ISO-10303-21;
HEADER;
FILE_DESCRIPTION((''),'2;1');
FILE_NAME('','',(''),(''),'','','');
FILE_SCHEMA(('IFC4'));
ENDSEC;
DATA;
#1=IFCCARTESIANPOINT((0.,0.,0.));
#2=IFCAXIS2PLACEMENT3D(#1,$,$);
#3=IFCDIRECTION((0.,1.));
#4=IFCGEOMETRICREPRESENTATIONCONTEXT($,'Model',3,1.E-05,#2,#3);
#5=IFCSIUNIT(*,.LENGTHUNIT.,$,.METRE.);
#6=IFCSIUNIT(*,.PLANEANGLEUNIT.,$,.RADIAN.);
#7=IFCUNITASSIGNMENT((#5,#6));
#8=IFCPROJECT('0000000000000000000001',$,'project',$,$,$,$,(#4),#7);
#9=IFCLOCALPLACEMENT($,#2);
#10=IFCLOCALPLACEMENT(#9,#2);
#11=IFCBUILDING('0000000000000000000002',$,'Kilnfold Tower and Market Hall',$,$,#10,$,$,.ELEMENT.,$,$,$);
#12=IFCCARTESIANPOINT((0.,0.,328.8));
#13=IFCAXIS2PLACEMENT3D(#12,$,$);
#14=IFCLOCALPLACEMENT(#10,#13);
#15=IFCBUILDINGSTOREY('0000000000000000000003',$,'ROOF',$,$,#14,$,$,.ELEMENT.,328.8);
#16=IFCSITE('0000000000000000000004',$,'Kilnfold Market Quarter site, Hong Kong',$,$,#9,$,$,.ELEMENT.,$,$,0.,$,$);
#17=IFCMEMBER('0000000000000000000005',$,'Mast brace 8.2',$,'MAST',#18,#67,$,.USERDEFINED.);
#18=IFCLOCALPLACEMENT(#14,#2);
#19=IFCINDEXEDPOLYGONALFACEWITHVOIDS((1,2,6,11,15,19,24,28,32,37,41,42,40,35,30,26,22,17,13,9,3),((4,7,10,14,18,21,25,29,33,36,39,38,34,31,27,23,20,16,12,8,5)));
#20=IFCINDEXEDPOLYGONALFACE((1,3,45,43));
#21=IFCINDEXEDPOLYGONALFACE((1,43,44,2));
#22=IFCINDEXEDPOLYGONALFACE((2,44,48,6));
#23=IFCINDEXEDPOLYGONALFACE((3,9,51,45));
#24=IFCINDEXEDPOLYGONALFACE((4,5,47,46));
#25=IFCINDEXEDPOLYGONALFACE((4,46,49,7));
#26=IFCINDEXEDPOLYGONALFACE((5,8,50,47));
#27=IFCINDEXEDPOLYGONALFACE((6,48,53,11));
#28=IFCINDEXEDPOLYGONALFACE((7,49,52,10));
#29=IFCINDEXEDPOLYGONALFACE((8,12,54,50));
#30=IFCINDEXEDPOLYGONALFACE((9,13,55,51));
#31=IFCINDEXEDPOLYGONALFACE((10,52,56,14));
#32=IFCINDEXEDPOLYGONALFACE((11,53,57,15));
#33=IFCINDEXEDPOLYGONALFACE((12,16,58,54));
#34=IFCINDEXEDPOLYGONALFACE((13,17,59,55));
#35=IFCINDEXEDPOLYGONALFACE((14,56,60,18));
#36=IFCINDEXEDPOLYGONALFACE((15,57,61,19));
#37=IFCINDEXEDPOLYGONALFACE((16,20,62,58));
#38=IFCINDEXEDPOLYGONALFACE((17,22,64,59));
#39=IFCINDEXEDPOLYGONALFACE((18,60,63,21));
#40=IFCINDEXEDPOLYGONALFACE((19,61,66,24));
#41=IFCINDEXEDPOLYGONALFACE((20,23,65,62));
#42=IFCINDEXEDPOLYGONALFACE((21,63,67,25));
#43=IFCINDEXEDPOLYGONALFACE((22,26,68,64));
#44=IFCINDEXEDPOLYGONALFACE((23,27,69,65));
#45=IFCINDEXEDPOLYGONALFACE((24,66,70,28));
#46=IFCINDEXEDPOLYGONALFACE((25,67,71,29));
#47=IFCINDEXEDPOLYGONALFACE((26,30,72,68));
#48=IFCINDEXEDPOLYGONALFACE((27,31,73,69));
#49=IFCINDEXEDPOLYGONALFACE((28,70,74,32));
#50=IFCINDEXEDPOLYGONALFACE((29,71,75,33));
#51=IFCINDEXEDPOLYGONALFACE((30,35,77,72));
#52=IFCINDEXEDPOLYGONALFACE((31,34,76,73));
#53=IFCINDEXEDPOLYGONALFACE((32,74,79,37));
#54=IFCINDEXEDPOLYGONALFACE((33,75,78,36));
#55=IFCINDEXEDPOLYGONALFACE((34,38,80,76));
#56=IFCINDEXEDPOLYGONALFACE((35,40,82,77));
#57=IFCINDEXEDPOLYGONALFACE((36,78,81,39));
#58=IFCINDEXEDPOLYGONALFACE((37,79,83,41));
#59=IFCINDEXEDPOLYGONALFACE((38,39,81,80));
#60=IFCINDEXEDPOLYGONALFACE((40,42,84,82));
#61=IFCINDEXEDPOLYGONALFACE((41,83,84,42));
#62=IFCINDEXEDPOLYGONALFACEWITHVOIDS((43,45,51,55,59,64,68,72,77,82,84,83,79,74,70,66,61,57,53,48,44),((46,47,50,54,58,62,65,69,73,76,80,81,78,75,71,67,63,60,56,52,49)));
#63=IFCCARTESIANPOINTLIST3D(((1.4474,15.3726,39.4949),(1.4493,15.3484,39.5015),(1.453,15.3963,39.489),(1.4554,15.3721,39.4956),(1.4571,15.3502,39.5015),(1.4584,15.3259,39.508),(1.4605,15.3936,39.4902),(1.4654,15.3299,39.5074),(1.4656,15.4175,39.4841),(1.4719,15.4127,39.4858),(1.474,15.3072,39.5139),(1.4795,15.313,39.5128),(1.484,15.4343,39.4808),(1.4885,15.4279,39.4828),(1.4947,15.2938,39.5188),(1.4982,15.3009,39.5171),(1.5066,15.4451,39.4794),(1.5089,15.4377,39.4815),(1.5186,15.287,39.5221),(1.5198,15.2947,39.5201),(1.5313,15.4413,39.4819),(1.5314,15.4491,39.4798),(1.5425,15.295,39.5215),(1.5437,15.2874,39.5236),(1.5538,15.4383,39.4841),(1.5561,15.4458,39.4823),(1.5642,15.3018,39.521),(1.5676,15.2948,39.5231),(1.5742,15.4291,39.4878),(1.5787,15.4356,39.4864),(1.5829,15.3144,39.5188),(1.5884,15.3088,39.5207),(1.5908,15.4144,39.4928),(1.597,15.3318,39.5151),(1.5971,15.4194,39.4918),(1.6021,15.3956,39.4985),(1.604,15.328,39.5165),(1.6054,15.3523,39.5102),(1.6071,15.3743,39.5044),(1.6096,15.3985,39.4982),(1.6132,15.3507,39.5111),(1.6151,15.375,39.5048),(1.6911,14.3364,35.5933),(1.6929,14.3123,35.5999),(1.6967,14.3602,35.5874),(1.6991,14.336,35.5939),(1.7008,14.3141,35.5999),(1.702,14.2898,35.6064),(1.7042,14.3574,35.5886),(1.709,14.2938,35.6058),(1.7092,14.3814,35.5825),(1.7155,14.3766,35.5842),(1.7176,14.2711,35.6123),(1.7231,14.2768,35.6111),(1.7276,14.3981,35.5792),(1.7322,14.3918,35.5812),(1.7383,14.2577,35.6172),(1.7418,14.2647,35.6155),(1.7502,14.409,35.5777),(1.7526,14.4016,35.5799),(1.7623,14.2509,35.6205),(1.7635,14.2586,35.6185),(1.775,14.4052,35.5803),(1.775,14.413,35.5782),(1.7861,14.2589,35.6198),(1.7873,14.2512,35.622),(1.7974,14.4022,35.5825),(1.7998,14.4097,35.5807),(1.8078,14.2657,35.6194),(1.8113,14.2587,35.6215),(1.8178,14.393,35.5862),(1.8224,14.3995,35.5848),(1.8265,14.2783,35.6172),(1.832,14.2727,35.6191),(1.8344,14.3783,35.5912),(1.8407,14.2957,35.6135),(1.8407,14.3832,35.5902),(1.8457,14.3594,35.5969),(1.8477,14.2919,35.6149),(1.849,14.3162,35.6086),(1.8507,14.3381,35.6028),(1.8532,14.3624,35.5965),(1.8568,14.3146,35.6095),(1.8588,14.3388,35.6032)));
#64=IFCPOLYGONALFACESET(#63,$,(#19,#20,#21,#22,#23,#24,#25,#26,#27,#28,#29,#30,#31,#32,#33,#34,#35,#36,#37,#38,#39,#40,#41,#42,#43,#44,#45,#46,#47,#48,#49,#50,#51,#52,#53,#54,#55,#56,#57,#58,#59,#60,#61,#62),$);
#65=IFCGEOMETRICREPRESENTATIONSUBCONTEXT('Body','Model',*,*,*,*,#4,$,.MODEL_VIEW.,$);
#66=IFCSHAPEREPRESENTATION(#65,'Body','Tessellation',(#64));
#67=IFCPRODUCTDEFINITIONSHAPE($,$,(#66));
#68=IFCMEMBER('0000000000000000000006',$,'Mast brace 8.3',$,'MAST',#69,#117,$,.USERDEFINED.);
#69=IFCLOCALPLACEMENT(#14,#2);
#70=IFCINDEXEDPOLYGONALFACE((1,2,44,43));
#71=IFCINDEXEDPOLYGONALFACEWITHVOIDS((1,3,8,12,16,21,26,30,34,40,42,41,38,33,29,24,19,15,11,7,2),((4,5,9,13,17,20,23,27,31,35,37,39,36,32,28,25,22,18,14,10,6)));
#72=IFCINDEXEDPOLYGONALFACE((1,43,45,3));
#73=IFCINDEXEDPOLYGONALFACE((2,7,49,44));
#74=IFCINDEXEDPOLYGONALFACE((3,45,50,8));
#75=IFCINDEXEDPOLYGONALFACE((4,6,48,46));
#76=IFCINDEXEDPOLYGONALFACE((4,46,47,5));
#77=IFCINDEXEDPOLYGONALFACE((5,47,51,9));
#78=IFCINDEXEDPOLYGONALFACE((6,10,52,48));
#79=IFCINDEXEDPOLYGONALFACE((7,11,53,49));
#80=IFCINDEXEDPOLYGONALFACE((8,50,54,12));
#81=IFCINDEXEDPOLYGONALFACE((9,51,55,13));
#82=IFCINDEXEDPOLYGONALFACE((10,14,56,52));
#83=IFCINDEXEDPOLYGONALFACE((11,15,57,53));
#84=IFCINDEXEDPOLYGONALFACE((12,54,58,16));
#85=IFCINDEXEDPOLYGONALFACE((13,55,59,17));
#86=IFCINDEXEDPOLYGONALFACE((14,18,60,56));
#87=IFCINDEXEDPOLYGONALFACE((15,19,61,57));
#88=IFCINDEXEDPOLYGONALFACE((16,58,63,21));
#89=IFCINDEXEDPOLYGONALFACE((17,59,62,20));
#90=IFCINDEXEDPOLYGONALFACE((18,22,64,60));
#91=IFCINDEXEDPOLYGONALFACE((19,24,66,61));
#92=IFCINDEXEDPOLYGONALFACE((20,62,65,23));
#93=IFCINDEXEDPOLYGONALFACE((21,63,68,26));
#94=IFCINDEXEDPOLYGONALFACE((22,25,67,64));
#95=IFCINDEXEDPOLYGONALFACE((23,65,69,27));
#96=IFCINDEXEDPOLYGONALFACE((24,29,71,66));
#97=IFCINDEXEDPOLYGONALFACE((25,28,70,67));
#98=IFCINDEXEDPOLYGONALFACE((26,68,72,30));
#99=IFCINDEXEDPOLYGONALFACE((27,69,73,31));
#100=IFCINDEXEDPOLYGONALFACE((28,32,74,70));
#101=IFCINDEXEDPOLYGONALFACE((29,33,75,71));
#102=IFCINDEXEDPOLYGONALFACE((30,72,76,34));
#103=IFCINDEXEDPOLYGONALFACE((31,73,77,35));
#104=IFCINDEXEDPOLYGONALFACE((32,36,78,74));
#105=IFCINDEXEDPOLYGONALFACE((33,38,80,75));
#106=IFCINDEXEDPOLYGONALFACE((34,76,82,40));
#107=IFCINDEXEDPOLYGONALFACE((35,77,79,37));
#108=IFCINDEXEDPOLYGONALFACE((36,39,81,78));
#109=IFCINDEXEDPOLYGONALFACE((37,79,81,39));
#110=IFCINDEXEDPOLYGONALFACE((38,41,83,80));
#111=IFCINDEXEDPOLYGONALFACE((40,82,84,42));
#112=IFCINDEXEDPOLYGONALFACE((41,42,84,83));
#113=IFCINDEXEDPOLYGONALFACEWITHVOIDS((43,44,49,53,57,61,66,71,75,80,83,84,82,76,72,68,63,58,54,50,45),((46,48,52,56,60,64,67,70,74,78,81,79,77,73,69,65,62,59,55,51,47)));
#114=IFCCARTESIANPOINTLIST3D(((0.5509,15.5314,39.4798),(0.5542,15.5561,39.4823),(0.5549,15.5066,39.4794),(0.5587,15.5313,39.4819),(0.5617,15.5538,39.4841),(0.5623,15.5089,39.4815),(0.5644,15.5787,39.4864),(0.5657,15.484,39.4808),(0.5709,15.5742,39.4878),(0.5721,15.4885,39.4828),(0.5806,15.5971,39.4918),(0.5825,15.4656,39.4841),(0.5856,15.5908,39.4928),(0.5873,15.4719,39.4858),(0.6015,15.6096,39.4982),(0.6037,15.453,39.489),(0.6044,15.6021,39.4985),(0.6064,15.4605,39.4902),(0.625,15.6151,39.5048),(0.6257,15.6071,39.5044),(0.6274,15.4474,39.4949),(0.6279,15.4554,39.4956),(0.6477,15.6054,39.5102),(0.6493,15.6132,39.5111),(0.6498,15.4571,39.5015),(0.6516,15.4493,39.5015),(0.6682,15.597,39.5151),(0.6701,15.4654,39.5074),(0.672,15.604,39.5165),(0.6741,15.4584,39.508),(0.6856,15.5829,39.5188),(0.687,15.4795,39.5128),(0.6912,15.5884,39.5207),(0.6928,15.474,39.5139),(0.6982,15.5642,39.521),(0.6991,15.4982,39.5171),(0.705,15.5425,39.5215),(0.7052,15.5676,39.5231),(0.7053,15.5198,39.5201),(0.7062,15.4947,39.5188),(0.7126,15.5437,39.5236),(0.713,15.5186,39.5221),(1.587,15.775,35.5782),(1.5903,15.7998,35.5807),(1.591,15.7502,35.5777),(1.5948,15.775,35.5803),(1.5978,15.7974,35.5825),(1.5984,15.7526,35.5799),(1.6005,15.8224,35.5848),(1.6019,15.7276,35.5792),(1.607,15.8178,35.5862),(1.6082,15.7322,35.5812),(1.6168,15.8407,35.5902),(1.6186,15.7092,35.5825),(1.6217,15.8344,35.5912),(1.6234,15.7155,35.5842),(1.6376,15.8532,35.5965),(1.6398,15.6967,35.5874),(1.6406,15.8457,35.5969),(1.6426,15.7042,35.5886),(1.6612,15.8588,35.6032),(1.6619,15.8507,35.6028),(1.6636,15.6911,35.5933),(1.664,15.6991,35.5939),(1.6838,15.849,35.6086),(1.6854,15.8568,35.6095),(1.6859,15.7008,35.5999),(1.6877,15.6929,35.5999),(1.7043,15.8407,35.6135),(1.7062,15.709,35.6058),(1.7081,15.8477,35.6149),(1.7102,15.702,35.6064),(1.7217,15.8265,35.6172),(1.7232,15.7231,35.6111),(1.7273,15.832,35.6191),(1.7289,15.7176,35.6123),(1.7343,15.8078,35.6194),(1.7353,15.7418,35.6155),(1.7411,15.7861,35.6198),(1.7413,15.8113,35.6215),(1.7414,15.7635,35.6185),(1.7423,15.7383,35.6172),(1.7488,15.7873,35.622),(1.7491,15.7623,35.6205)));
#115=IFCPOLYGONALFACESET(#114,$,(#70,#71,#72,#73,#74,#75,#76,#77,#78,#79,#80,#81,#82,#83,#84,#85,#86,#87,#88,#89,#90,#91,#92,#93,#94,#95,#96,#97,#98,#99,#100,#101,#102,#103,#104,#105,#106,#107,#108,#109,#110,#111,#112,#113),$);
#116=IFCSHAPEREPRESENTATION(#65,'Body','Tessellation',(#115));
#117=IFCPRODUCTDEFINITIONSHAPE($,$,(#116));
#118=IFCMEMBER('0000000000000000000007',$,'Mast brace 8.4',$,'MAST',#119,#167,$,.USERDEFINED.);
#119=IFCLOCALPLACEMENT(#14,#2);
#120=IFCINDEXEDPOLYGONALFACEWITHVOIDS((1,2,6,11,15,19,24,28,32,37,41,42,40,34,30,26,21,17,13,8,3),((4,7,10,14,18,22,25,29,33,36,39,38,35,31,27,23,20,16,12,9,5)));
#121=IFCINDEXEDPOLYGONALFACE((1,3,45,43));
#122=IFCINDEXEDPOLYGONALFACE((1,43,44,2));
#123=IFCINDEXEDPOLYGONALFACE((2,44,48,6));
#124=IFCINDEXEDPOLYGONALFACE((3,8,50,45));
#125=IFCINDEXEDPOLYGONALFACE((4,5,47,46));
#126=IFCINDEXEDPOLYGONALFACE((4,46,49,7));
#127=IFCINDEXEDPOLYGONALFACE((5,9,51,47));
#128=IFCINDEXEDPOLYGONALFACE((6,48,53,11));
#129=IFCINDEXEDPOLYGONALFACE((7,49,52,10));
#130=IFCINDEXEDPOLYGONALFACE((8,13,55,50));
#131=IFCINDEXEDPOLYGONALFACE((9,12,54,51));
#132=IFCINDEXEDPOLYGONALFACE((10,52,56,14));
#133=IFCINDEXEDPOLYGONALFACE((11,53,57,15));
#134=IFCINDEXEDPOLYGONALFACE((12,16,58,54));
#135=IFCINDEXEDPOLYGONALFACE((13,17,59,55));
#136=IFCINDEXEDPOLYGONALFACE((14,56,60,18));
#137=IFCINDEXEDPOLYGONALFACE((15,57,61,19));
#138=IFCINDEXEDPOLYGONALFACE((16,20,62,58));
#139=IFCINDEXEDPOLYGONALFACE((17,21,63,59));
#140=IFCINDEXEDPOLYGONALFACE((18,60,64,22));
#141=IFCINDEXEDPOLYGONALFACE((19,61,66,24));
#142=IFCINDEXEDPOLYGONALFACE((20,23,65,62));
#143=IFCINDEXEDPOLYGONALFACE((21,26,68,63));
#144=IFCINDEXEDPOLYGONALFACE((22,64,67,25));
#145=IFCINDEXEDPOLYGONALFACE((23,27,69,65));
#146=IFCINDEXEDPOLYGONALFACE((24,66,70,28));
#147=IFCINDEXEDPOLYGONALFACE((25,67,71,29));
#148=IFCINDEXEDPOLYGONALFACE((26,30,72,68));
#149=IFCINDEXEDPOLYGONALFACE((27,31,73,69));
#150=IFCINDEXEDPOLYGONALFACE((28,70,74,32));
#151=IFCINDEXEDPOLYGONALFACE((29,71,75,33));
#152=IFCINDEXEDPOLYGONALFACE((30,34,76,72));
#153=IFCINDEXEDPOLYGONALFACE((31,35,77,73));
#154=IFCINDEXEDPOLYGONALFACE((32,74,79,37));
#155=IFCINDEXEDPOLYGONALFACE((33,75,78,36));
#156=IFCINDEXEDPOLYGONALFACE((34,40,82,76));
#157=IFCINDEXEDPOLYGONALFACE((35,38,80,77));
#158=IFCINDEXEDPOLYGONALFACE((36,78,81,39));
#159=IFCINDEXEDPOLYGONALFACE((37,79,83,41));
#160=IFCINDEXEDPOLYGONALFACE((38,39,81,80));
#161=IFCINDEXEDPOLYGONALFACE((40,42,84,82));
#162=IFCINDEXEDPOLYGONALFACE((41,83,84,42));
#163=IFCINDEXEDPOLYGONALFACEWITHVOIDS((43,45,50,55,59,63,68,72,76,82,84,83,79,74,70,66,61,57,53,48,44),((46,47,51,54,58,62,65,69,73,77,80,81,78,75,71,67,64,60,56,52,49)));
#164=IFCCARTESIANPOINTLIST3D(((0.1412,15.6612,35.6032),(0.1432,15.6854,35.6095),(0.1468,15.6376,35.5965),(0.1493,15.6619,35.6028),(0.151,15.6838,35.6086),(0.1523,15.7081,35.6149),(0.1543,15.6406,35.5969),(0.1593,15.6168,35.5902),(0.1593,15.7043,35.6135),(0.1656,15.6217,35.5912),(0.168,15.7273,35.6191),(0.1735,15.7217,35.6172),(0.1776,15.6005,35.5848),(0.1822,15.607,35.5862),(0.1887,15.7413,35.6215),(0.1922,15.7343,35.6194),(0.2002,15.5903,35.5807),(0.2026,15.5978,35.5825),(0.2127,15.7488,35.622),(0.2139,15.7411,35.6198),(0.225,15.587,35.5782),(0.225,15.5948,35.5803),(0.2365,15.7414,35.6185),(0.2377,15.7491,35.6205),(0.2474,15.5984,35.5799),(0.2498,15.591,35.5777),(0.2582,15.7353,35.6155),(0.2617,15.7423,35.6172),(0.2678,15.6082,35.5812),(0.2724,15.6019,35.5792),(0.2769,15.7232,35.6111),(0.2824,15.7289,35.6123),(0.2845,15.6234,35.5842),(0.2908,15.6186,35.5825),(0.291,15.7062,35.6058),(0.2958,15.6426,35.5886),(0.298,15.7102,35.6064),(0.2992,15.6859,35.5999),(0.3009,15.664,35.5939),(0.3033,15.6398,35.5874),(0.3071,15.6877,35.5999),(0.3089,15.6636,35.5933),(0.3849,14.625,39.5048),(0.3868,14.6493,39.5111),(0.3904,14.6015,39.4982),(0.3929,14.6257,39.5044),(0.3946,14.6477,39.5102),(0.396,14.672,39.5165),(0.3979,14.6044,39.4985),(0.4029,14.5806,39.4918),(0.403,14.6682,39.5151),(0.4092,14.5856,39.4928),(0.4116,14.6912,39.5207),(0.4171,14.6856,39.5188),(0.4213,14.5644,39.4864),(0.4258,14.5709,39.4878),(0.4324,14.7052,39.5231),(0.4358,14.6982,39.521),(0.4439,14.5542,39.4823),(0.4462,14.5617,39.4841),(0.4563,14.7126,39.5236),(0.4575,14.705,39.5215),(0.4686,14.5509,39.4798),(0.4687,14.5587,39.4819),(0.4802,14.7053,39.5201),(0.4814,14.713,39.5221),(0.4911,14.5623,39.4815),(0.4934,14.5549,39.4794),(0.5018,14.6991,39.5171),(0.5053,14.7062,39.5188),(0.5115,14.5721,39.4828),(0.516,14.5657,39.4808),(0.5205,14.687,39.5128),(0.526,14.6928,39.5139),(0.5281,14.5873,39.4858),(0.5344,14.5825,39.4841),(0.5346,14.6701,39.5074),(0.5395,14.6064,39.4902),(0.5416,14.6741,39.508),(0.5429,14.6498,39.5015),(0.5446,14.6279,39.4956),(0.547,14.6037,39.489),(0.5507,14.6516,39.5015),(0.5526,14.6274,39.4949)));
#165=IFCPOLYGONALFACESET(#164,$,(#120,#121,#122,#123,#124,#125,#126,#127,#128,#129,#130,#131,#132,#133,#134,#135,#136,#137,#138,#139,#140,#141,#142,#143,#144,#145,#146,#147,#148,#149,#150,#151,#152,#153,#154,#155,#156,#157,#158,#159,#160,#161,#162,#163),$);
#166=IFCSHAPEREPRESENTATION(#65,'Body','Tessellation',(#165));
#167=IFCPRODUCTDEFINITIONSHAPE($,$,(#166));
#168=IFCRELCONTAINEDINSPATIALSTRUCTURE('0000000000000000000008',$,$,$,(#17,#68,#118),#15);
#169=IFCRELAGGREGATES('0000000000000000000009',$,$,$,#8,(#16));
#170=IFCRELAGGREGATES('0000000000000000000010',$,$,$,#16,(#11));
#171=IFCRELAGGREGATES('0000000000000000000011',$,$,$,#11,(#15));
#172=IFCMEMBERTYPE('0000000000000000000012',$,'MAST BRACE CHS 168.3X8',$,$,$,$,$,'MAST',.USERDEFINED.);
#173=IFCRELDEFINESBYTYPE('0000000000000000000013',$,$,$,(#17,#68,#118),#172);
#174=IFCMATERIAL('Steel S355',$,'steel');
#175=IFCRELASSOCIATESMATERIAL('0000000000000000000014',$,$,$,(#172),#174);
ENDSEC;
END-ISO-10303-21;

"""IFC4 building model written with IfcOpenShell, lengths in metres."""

from ifc_helpers import new_model, si_unit, direction, frame, origin, origin_2d, place, context, subcontext, project, spatial, hollow_circle, extrude, source, transform, mapped, material, material_profile, profile_set, type_object, element, save


model = new_model("IFC4")

# Units and contexts
model_context = context("Model", 3, precision=1e-05, world=origin(), true_north=direction((0.0, 1.0)))
body_context = subcontext(model_context, "Body", "Model", "MODEL_VIEW")
ifc_project = project(units=[si_unit("LENGTHUNIT", "METRE"), si_unit("PLANEANGLEUNIT", "RADIAN")], contexts=[model_context])

# Site, building, storey
site_placement = place(None, origin())
site = spatial("IfcSite", under=ifc_project, at=site_placement, Name="Kilnfold Market Quarter site, Hong Kong", CompositionType="ELEMENT", RefElevation=0.0)
building_placement = place(site_placement, origin())
building = spatial("IfcBuilding", under=site, at=building_placement, Name="Kilnfold Tower and Market Hall", CompositionType="ELEMENT")
storey_placement = place(building_placement, frame((0.0, 0.0, 328.8)))
storey = spatial("IfcBuildingStorey", under=building, at=storey_placement, Name="ROOF", CompositionType="ELEMENT", Elevation=328.8)

# Members
ifc_material_1 = material(Name="Steel S355", Category="steel")
ifc_material_profile_1 = material_profile(ifc_material_1, hollow_circle(Radius=0.0842, WallThickness=0.0081, at=origin_2d()), Name="CHS 168.3x8")
ifc_profile_set_1 = profile_set([ifc_material_profile_1], Name="Steel S355")
member_type_1 = type_object("IfcMemberType", Name="MAST BRACE CHS 168.3X8", ElementType="MAST", PredefinedType="USERDEFINED", material=ifc_profile_set_1)
shared_shape_1 = source(origin(), body_context, "Body", "SweptSolid", [
    extrude(hollow_circle(Radius=0.0842, WallThickness=0.0081, at=origin_2d()), origin(), (0.0, 0.0, 1.0), 4.0442),
])
for number, where, z_axis, x_axis, name in (
    (1, (1.7749, 14.3315, 35.5999), (-0.060247, 0.256203, 0.964744), (-0.973447, -0.228911, 0.0), "Mast brace 8.2"),
    (2, (1.6685, 15.7749, 35.5999), (-0.256203, -0.060247, 0.964744), (0.228911, -0.973447, 0.0), "Mast brace 8.3"),
    (3, (0.2251, 15.6685, 35.5999), (0.060247, -0.256203, 0.964744), (0.973447, 0.228911, 0.0), "Mast brace 8.4"),
):
    element("IfcMember", number, at=place(storey_placement, frame(where, z_axis=z_axis, x_axis=x_axis)), inside=storey, type_object=member_type_1, Name=name, ObjectType="MAST", PredefinedType="USERDEFINED", context=body_context, shape_type="MappedRepresentation", body=[
        mapped(shared_shape_1, transform((0.0, 0.0, 0.0))),
    ])

save(model, "model.ifc")
